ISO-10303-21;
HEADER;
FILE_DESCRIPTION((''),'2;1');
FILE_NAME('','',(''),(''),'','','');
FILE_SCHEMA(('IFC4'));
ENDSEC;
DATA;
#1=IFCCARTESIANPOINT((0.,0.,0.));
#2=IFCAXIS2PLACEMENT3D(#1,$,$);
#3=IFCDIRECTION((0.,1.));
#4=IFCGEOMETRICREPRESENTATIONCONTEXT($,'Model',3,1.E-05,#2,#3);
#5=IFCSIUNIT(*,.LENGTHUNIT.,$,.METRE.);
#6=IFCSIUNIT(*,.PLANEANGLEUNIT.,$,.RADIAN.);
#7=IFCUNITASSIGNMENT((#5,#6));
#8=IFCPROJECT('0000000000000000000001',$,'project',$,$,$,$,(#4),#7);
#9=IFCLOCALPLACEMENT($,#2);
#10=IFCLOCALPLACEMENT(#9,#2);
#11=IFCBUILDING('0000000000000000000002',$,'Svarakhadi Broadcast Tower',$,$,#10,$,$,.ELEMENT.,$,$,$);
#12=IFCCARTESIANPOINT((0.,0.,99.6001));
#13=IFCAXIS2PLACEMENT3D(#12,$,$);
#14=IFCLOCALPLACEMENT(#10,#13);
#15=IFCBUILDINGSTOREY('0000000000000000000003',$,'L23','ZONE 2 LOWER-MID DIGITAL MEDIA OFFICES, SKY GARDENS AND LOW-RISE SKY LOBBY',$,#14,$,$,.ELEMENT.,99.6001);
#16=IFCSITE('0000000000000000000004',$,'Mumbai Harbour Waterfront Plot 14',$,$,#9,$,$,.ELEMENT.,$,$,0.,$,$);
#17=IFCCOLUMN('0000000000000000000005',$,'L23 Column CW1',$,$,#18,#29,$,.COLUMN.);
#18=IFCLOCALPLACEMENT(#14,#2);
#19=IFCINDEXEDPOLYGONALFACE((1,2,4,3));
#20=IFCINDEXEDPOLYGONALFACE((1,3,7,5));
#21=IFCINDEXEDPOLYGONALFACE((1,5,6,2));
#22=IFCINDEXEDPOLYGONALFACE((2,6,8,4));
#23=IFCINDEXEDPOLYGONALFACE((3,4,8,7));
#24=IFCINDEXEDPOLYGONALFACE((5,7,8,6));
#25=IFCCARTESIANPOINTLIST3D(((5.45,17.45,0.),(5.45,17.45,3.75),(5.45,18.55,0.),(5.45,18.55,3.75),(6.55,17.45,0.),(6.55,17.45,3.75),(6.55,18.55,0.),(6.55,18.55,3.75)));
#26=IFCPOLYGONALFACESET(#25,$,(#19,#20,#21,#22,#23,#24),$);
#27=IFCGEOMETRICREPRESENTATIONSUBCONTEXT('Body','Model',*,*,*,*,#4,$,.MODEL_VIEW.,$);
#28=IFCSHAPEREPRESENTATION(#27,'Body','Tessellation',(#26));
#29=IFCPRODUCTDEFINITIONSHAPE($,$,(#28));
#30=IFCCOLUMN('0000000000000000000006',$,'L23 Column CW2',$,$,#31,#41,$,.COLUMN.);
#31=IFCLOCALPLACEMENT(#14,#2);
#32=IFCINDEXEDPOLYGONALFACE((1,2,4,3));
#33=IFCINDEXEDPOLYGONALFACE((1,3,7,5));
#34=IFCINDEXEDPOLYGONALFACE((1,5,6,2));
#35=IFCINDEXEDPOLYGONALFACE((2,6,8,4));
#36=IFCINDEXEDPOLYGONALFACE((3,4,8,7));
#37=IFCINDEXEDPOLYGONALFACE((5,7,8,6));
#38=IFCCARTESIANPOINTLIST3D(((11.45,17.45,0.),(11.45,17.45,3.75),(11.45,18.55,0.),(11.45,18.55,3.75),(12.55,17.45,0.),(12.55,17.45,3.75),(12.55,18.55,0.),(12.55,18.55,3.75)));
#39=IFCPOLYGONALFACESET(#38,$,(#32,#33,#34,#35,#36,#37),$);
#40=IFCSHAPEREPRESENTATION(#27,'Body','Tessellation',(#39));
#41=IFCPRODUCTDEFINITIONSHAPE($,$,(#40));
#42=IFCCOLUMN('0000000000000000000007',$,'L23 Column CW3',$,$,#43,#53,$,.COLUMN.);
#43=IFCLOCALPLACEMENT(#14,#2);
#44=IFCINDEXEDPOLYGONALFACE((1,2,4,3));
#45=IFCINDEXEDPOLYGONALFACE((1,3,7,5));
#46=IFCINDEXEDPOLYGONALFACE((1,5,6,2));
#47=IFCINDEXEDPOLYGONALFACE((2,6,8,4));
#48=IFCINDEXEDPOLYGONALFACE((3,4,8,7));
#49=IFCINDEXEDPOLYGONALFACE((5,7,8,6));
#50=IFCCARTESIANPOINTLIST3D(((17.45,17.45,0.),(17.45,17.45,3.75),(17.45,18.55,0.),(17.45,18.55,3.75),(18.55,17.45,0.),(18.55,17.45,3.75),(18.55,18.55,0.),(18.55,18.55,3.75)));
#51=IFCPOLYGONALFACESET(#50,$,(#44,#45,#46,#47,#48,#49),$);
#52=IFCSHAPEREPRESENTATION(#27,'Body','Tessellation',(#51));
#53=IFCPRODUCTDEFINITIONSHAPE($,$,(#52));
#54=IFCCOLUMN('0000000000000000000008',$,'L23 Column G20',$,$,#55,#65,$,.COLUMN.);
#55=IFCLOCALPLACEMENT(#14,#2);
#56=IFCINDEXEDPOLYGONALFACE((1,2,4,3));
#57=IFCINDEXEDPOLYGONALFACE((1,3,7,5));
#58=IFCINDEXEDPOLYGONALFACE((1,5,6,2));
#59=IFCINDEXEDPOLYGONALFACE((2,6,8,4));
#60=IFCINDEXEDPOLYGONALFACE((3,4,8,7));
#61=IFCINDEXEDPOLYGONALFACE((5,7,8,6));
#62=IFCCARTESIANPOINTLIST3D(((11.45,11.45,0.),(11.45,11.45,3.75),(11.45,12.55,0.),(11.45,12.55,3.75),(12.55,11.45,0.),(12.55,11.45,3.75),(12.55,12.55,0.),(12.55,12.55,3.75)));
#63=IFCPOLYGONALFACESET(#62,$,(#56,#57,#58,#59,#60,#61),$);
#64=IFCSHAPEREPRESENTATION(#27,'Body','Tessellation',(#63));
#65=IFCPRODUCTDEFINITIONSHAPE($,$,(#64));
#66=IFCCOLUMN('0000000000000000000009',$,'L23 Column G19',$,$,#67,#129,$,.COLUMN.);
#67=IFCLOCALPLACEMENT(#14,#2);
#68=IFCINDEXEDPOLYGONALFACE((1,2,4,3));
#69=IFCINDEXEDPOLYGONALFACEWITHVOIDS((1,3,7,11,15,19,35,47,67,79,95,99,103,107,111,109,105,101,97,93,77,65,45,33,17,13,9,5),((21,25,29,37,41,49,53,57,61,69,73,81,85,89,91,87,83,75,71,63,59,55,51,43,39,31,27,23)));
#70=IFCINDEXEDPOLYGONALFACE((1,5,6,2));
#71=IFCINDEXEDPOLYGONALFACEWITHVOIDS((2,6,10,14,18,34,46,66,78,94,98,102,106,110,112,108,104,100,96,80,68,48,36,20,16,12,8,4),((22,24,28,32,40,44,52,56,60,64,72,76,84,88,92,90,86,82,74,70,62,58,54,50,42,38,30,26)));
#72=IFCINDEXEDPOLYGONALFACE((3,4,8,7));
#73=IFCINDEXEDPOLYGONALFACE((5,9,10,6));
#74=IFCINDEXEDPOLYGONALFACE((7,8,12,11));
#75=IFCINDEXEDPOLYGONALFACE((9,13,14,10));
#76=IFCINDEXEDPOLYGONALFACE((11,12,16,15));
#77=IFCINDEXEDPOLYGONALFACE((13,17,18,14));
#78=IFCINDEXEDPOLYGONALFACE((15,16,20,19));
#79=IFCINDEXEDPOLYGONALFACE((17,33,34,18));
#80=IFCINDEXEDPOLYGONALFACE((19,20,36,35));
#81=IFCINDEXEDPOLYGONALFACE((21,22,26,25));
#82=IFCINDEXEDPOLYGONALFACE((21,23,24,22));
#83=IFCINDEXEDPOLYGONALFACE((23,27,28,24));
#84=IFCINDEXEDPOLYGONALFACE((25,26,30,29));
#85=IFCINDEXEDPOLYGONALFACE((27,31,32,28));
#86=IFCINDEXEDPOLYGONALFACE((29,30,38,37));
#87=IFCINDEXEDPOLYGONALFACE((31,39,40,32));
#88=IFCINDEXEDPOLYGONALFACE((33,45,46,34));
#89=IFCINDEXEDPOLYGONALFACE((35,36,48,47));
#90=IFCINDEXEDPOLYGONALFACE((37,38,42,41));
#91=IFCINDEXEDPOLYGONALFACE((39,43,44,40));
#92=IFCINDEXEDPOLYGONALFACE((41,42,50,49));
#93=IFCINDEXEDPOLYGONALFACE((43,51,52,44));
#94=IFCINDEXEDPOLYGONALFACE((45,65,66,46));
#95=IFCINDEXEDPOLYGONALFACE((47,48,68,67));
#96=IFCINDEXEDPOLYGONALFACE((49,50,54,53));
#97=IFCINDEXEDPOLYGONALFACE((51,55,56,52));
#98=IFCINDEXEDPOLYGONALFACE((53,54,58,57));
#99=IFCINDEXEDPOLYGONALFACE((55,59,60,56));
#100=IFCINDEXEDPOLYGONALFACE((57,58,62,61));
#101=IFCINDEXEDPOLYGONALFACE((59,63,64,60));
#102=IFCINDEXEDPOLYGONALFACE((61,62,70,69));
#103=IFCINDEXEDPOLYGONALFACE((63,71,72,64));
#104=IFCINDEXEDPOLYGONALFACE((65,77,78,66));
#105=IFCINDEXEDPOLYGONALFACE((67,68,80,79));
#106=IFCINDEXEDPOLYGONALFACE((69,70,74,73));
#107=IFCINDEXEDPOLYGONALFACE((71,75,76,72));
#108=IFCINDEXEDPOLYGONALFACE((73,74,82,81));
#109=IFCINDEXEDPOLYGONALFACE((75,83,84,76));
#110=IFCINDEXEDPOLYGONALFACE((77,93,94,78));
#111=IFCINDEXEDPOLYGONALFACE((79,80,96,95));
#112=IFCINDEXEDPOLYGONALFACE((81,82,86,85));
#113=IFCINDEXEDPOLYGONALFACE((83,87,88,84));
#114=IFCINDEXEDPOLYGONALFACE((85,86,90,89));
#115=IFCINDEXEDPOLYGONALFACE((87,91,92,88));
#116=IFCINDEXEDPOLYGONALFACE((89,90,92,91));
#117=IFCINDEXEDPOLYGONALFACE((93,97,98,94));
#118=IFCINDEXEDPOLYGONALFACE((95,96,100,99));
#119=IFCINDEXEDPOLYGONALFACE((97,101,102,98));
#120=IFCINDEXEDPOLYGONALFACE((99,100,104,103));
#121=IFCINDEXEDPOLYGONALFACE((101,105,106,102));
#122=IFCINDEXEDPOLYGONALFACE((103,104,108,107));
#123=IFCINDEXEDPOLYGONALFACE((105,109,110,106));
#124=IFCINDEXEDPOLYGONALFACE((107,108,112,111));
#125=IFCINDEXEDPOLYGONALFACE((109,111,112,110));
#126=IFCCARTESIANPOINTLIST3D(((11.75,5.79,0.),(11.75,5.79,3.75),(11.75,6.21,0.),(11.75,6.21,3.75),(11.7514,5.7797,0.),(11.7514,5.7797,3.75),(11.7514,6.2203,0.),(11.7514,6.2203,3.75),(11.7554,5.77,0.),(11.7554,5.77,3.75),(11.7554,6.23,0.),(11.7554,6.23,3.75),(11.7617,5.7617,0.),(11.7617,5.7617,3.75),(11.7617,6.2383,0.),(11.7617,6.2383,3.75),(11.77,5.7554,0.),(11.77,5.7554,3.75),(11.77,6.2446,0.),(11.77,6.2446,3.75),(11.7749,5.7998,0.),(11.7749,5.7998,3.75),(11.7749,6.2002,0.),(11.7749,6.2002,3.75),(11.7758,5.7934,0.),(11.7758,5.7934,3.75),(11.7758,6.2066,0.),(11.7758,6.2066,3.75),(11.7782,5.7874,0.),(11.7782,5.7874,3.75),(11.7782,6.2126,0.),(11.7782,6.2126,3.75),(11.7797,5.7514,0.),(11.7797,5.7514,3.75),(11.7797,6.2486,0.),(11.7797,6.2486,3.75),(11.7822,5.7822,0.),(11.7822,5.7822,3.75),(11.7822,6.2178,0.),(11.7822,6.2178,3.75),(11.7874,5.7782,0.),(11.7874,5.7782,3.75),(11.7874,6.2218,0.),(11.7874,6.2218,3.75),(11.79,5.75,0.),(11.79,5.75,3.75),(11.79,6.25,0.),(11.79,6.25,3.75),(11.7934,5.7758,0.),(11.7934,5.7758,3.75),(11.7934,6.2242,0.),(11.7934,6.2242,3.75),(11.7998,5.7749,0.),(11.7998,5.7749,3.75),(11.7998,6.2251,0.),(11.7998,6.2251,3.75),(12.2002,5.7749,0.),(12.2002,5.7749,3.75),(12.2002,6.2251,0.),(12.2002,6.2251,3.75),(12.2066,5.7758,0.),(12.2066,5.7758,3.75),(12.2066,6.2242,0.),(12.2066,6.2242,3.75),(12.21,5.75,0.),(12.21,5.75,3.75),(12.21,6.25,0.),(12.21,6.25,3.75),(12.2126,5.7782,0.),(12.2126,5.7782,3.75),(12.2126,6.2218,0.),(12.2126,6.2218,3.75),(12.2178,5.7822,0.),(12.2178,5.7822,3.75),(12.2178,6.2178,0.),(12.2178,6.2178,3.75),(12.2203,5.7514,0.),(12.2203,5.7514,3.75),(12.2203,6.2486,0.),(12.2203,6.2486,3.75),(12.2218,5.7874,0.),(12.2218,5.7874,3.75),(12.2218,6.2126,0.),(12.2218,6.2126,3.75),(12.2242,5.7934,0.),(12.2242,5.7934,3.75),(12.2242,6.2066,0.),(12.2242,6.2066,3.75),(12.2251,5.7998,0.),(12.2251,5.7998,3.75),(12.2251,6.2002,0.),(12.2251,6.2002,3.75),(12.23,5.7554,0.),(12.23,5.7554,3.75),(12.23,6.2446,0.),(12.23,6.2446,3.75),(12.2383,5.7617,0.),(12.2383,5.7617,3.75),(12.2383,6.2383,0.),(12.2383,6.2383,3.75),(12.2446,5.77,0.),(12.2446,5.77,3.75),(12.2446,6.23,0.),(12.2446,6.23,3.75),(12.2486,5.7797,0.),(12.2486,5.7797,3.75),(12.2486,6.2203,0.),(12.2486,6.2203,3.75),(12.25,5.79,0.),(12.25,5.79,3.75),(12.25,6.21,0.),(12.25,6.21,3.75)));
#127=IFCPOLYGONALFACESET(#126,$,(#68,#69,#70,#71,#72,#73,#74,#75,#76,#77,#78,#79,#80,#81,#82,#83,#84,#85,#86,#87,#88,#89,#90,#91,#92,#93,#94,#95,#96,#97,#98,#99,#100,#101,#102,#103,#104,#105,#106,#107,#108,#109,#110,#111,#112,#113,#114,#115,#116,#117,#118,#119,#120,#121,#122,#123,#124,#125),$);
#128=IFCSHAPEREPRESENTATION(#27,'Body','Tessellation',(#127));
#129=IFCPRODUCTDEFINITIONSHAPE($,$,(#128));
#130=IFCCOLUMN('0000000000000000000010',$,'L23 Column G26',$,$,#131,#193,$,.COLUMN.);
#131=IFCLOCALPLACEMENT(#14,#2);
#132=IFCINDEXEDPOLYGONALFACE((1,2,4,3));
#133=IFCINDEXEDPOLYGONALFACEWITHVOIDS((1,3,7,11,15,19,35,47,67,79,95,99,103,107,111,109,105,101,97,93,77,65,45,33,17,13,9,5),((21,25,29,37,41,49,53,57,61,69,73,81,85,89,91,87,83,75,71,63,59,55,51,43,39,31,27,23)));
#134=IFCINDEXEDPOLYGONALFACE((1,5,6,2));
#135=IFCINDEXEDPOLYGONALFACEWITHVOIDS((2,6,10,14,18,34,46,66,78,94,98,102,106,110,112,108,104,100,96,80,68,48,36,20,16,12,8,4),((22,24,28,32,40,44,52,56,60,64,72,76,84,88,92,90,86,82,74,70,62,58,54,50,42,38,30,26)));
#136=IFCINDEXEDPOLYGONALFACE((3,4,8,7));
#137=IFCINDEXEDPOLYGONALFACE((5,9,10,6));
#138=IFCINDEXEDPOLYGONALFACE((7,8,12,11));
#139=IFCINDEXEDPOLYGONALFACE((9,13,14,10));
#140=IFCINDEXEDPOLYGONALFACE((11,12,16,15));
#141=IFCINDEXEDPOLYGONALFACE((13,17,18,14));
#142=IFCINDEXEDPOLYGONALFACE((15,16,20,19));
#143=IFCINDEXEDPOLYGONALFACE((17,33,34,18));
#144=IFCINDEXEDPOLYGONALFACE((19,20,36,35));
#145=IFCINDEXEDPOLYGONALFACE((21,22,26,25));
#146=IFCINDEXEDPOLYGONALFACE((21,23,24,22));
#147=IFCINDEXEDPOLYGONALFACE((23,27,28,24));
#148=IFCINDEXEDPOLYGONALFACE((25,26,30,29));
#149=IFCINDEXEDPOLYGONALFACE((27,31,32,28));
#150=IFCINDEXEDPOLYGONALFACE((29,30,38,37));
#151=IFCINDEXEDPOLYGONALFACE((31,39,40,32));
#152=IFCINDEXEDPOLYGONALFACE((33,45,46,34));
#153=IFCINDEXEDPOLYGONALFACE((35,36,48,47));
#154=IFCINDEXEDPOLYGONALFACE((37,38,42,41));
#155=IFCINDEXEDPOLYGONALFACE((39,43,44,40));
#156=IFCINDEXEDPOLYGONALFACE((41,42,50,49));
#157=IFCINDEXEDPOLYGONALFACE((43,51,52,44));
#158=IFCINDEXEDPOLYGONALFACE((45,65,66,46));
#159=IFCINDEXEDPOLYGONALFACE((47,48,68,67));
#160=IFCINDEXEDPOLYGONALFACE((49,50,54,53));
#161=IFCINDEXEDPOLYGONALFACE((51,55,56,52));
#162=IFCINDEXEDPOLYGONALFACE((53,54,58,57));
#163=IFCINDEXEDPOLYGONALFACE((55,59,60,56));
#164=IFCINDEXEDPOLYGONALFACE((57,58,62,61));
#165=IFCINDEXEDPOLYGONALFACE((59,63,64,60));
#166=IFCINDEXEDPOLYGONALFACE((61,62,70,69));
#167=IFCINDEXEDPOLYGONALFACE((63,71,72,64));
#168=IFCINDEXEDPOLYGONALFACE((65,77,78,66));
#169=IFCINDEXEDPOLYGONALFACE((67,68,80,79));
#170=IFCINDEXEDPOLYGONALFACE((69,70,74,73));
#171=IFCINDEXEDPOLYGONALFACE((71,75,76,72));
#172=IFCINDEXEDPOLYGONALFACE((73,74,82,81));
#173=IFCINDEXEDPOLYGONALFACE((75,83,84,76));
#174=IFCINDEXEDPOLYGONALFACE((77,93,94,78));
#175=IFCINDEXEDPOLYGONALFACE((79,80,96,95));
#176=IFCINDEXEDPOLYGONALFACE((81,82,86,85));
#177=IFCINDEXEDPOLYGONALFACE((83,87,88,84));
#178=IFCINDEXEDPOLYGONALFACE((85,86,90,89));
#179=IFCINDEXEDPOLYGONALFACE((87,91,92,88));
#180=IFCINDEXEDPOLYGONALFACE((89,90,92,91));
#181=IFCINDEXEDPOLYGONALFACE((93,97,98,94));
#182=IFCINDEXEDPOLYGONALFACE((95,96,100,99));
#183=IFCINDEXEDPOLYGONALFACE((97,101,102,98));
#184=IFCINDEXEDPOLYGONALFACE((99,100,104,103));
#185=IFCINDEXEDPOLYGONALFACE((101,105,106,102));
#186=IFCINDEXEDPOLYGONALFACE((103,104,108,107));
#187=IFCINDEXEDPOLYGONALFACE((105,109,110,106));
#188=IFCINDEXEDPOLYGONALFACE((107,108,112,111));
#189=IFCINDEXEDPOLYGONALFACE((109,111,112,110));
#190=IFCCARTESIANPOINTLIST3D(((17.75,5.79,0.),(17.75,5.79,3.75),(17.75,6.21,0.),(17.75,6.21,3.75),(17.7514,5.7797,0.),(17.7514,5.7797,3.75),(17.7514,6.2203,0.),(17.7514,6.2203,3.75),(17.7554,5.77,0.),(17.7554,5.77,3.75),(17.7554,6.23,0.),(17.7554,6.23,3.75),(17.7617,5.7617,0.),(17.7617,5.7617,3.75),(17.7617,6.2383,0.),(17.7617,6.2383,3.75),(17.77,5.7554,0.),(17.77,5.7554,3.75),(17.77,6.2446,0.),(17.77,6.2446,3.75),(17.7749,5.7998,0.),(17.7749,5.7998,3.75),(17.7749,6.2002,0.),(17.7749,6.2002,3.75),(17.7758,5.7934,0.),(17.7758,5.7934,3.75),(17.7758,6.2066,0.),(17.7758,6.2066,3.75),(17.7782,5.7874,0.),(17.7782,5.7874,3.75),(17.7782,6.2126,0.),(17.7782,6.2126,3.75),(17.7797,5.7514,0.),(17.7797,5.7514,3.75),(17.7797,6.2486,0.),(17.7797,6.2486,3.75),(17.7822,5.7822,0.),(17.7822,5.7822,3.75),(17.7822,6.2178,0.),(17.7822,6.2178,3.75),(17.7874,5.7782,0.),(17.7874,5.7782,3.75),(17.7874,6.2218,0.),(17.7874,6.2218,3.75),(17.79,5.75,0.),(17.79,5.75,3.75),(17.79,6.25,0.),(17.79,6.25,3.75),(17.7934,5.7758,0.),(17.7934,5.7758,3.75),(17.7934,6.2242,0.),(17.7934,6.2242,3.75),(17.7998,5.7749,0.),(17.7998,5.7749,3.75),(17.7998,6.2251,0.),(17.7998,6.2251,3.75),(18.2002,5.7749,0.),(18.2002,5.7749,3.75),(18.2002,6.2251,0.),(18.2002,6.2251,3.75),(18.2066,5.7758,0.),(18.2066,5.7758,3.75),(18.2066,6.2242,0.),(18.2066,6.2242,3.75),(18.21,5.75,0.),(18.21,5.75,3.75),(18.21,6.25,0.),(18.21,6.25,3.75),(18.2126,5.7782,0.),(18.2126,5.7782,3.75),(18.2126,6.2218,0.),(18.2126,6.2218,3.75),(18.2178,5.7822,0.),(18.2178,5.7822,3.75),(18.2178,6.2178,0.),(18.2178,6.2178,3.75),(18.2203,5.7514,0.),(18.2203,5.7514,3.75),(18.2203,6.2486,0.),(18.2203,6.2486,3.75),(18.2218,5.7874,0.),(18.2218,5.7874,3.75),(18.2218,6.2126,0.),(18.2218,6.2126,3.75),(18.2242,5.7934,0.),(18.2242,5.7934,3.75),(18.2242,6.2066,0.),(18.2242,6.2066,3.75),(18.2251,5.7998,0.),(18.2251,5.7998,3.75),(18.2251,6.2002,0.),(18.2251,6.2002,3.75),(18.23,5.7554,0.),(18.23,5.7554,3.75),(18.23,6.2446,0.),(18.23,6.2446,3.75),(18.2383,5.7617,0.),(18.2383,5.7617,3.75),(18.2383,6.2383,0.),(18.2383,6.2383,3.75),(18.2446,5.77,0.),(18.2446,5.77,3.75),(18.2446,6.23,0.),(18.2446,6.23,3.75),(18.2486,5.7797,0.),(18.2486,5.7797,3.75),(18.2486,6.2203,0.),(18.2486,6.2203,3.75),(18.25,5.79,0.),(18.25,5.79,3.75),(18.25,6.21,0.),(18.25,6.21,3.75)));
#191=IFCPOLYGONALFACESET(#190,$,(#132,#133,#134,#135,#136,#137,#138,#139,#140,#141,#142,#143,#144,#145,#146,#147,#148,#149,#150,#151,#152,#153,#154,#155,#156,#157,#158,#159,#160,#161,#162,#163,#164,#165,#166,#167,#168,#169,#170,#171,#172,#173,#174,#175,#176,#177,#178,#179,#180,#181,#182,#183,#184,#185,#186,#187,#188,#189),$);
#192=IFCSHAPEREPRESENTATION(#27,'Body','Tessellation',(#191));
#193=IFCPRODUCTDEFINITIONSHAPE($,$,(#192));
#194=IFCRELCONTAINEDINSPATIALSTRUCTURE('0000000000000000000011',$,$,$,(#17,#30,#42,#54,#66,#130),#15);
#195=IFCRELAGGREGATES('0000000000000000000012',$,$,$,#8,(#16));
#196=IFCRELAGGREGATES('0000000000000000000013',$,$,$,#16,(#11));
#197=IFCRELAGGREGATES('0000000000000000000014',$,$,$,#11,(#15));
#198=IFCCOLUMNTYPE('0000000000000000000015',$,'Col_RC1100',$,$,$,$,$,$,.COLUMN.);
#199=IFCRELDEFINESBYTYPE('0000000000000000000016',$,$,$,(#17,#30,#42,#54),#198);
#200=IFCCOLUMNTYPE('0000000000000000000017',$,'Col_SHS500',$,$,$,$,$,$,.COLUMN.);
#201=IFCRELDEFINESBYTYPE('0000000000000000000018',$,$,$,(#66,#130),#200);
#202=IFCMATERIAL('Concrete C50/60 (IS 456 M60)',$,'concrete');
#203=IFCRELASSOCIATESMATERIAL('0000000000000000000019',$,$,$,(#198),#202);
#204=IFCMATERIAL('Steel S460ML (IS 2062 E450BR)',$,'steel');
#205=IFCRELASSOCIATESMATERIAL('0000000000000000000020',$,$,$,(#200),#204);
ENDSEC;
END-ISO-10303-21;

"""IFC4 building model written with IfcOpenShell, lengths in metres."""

from ifc_helpers import new_model, si_unit, direction, frame, origin, origin_2d, place, context, subcontext, project, spatial, rectangle, hollow_rectangle, extrude, material, material_profile, profile_set, type_object, element, save


model = new_model("IFC4")

# Units and contexts
model_context = context("Model", 3, precision=1e-05, world=origin(), true_north=direction((0.0, 1.0)))
body_context = subcontext(model_context, "Body", "Model", "MODEL_VIEW")
ifc_project = project(units=[si_unit("LENGTHUNIT", "METRE"), si_unit("PLANEANGLEUNIT", "RADIAN")], contexts=[model_context])

# Site, building, storey
site_placement = place(None, origin())
site = spatial("IfcSite", under=ifc_project, at=site_placement, Name="Mumbai Harbour Waterfront Plot 14", CompositionType="ELEMENT", RefElevation=0.0)
building_placement = place(site_placement, origin())
building = spatial("IfcBuilding", under=site, at=building_placement, Name="Svarakhadi Broadcast Tower", CompositionType="ELEMENT")
storey_placement = place(building_placement, frame((0.0, 0.0, 99.6001)))
storey = spatial("IfcBuildingStorey", under=building, at=storey_placement, Name="L23", Description="ZONE 2 LOWER-MID DIGITAL MEDIA OFFICES, SKY GARDENS AND LOW-RISE SKY LOBBY", CompositionType="ELEMENT", Elevation=99.6001)

# Columns
ifc_material_1 = material(Name="Concrete C50/60 (IS 456 M60)", Category="concrete")
ifc_material_profile_1 = material_profile(ifc_material_1, rectangle(XDim=1.1001, YDim=1.1001, at=origin_2d()), Name="RC 1100x1100")
ifc_profile_set_1 = profile_set([ifc_material_profile_1], Name="Concrete C50/60 (IS 456 M60)")
column_type_1 = type_object("IfcColumnType", Name="Col_RC1100", PredefinedType="COLUMN", material=ifc_profile_set_1)
for number, where, z_axis, x_axis, name in (
    (1, (6.0, 18.0, 0.0), (0.0, 0.0, 1.0), (1.0, 0.0, 0.0), "L23 Column CW1"),
    (2, (12.0, 18.0, 0.0), (0.0, 0.0, 1.0), (1.0, 0.0, 0.0), "L23 Column CW2"),
    (3, (18.0, 18.0, 0.0), (0.0, 0.0, 1.0), (1.0, 0.0, 0.0), "L23 Column CW3"),
    (4, (12.0, 12.0, 0.0), (0.0, 0.0, 1.0), (1.0, 0.0, 0.0), "L23 Column G20"),
):
    element("IfcColumn", number, at=place(storey_placement, frame(where, z_axis=z_axis, x_axis=x_axis)), inside=storey, type_object=column_type_1, Name=name, PredefinedType="COLUMN", context=body_context, shape_type="SweptSolid", body=[
        extrude(rectangle(XDim=1.1001, YDim=1.1001, at=origin_2d()), origin(), (0.0, 0.0, 1.0), 3.75),
    ])
ifc_material_2 = material(Name="Steel S460ML (IS 2062 E450BR)", Category="steel")
ifc_material_profile_2 = material_profile(ifc_material_2, hollow_rectangle(XDim=0.5, YDim=0.5, WallThickness=0.0249, InnerFilletRadius=0.0249, OuterFilletRadius=0.04, at=origin_2d()), Name="SHS 500x500x25")
ifc_profile_set_2 = profile_set([ifc_material_profile_2], Name="Steel S460ML (IS 2062 E450BR)")
column_type_2 = type_object("IfcColumnType", Name="Col_SHS500", PredefinedType="COLUMN", material=ifc_profile_set_2)
for number, where, z_axis, x_axis, name in (
    (5, (12.0, 6.0, 0.0), (0.0, 0.0, 1.0), (1.0, 0.0, 0.0), "L23 Column G19"),
    (6, (18.0, 6.0, 0.0), (0.0, 0.0, 1.0), (1.0, 0.0, 0.0), "L23 Column G26"),
):
    element("IfcColumn", number, at=place(storey_placement, frame(where, z_axis=z_axis, x_axis=x_axis)), inside=storey, type_object=column_type_2, Name=name, PredefinedType="COLUMN", context=body_context, shape_type="SweptSolid", body=[
        extrude(hollow_rectangle(XDim=0.5, YDim=0.5, WallThickness=0.0249, InnerFilletRadius=0.0249, OuterFilletRadius=0.04, at=origin_2d()), origin(), (0.0, 0.0, 1.0), 3.75),
    ])

save(model, "model.ifc")
